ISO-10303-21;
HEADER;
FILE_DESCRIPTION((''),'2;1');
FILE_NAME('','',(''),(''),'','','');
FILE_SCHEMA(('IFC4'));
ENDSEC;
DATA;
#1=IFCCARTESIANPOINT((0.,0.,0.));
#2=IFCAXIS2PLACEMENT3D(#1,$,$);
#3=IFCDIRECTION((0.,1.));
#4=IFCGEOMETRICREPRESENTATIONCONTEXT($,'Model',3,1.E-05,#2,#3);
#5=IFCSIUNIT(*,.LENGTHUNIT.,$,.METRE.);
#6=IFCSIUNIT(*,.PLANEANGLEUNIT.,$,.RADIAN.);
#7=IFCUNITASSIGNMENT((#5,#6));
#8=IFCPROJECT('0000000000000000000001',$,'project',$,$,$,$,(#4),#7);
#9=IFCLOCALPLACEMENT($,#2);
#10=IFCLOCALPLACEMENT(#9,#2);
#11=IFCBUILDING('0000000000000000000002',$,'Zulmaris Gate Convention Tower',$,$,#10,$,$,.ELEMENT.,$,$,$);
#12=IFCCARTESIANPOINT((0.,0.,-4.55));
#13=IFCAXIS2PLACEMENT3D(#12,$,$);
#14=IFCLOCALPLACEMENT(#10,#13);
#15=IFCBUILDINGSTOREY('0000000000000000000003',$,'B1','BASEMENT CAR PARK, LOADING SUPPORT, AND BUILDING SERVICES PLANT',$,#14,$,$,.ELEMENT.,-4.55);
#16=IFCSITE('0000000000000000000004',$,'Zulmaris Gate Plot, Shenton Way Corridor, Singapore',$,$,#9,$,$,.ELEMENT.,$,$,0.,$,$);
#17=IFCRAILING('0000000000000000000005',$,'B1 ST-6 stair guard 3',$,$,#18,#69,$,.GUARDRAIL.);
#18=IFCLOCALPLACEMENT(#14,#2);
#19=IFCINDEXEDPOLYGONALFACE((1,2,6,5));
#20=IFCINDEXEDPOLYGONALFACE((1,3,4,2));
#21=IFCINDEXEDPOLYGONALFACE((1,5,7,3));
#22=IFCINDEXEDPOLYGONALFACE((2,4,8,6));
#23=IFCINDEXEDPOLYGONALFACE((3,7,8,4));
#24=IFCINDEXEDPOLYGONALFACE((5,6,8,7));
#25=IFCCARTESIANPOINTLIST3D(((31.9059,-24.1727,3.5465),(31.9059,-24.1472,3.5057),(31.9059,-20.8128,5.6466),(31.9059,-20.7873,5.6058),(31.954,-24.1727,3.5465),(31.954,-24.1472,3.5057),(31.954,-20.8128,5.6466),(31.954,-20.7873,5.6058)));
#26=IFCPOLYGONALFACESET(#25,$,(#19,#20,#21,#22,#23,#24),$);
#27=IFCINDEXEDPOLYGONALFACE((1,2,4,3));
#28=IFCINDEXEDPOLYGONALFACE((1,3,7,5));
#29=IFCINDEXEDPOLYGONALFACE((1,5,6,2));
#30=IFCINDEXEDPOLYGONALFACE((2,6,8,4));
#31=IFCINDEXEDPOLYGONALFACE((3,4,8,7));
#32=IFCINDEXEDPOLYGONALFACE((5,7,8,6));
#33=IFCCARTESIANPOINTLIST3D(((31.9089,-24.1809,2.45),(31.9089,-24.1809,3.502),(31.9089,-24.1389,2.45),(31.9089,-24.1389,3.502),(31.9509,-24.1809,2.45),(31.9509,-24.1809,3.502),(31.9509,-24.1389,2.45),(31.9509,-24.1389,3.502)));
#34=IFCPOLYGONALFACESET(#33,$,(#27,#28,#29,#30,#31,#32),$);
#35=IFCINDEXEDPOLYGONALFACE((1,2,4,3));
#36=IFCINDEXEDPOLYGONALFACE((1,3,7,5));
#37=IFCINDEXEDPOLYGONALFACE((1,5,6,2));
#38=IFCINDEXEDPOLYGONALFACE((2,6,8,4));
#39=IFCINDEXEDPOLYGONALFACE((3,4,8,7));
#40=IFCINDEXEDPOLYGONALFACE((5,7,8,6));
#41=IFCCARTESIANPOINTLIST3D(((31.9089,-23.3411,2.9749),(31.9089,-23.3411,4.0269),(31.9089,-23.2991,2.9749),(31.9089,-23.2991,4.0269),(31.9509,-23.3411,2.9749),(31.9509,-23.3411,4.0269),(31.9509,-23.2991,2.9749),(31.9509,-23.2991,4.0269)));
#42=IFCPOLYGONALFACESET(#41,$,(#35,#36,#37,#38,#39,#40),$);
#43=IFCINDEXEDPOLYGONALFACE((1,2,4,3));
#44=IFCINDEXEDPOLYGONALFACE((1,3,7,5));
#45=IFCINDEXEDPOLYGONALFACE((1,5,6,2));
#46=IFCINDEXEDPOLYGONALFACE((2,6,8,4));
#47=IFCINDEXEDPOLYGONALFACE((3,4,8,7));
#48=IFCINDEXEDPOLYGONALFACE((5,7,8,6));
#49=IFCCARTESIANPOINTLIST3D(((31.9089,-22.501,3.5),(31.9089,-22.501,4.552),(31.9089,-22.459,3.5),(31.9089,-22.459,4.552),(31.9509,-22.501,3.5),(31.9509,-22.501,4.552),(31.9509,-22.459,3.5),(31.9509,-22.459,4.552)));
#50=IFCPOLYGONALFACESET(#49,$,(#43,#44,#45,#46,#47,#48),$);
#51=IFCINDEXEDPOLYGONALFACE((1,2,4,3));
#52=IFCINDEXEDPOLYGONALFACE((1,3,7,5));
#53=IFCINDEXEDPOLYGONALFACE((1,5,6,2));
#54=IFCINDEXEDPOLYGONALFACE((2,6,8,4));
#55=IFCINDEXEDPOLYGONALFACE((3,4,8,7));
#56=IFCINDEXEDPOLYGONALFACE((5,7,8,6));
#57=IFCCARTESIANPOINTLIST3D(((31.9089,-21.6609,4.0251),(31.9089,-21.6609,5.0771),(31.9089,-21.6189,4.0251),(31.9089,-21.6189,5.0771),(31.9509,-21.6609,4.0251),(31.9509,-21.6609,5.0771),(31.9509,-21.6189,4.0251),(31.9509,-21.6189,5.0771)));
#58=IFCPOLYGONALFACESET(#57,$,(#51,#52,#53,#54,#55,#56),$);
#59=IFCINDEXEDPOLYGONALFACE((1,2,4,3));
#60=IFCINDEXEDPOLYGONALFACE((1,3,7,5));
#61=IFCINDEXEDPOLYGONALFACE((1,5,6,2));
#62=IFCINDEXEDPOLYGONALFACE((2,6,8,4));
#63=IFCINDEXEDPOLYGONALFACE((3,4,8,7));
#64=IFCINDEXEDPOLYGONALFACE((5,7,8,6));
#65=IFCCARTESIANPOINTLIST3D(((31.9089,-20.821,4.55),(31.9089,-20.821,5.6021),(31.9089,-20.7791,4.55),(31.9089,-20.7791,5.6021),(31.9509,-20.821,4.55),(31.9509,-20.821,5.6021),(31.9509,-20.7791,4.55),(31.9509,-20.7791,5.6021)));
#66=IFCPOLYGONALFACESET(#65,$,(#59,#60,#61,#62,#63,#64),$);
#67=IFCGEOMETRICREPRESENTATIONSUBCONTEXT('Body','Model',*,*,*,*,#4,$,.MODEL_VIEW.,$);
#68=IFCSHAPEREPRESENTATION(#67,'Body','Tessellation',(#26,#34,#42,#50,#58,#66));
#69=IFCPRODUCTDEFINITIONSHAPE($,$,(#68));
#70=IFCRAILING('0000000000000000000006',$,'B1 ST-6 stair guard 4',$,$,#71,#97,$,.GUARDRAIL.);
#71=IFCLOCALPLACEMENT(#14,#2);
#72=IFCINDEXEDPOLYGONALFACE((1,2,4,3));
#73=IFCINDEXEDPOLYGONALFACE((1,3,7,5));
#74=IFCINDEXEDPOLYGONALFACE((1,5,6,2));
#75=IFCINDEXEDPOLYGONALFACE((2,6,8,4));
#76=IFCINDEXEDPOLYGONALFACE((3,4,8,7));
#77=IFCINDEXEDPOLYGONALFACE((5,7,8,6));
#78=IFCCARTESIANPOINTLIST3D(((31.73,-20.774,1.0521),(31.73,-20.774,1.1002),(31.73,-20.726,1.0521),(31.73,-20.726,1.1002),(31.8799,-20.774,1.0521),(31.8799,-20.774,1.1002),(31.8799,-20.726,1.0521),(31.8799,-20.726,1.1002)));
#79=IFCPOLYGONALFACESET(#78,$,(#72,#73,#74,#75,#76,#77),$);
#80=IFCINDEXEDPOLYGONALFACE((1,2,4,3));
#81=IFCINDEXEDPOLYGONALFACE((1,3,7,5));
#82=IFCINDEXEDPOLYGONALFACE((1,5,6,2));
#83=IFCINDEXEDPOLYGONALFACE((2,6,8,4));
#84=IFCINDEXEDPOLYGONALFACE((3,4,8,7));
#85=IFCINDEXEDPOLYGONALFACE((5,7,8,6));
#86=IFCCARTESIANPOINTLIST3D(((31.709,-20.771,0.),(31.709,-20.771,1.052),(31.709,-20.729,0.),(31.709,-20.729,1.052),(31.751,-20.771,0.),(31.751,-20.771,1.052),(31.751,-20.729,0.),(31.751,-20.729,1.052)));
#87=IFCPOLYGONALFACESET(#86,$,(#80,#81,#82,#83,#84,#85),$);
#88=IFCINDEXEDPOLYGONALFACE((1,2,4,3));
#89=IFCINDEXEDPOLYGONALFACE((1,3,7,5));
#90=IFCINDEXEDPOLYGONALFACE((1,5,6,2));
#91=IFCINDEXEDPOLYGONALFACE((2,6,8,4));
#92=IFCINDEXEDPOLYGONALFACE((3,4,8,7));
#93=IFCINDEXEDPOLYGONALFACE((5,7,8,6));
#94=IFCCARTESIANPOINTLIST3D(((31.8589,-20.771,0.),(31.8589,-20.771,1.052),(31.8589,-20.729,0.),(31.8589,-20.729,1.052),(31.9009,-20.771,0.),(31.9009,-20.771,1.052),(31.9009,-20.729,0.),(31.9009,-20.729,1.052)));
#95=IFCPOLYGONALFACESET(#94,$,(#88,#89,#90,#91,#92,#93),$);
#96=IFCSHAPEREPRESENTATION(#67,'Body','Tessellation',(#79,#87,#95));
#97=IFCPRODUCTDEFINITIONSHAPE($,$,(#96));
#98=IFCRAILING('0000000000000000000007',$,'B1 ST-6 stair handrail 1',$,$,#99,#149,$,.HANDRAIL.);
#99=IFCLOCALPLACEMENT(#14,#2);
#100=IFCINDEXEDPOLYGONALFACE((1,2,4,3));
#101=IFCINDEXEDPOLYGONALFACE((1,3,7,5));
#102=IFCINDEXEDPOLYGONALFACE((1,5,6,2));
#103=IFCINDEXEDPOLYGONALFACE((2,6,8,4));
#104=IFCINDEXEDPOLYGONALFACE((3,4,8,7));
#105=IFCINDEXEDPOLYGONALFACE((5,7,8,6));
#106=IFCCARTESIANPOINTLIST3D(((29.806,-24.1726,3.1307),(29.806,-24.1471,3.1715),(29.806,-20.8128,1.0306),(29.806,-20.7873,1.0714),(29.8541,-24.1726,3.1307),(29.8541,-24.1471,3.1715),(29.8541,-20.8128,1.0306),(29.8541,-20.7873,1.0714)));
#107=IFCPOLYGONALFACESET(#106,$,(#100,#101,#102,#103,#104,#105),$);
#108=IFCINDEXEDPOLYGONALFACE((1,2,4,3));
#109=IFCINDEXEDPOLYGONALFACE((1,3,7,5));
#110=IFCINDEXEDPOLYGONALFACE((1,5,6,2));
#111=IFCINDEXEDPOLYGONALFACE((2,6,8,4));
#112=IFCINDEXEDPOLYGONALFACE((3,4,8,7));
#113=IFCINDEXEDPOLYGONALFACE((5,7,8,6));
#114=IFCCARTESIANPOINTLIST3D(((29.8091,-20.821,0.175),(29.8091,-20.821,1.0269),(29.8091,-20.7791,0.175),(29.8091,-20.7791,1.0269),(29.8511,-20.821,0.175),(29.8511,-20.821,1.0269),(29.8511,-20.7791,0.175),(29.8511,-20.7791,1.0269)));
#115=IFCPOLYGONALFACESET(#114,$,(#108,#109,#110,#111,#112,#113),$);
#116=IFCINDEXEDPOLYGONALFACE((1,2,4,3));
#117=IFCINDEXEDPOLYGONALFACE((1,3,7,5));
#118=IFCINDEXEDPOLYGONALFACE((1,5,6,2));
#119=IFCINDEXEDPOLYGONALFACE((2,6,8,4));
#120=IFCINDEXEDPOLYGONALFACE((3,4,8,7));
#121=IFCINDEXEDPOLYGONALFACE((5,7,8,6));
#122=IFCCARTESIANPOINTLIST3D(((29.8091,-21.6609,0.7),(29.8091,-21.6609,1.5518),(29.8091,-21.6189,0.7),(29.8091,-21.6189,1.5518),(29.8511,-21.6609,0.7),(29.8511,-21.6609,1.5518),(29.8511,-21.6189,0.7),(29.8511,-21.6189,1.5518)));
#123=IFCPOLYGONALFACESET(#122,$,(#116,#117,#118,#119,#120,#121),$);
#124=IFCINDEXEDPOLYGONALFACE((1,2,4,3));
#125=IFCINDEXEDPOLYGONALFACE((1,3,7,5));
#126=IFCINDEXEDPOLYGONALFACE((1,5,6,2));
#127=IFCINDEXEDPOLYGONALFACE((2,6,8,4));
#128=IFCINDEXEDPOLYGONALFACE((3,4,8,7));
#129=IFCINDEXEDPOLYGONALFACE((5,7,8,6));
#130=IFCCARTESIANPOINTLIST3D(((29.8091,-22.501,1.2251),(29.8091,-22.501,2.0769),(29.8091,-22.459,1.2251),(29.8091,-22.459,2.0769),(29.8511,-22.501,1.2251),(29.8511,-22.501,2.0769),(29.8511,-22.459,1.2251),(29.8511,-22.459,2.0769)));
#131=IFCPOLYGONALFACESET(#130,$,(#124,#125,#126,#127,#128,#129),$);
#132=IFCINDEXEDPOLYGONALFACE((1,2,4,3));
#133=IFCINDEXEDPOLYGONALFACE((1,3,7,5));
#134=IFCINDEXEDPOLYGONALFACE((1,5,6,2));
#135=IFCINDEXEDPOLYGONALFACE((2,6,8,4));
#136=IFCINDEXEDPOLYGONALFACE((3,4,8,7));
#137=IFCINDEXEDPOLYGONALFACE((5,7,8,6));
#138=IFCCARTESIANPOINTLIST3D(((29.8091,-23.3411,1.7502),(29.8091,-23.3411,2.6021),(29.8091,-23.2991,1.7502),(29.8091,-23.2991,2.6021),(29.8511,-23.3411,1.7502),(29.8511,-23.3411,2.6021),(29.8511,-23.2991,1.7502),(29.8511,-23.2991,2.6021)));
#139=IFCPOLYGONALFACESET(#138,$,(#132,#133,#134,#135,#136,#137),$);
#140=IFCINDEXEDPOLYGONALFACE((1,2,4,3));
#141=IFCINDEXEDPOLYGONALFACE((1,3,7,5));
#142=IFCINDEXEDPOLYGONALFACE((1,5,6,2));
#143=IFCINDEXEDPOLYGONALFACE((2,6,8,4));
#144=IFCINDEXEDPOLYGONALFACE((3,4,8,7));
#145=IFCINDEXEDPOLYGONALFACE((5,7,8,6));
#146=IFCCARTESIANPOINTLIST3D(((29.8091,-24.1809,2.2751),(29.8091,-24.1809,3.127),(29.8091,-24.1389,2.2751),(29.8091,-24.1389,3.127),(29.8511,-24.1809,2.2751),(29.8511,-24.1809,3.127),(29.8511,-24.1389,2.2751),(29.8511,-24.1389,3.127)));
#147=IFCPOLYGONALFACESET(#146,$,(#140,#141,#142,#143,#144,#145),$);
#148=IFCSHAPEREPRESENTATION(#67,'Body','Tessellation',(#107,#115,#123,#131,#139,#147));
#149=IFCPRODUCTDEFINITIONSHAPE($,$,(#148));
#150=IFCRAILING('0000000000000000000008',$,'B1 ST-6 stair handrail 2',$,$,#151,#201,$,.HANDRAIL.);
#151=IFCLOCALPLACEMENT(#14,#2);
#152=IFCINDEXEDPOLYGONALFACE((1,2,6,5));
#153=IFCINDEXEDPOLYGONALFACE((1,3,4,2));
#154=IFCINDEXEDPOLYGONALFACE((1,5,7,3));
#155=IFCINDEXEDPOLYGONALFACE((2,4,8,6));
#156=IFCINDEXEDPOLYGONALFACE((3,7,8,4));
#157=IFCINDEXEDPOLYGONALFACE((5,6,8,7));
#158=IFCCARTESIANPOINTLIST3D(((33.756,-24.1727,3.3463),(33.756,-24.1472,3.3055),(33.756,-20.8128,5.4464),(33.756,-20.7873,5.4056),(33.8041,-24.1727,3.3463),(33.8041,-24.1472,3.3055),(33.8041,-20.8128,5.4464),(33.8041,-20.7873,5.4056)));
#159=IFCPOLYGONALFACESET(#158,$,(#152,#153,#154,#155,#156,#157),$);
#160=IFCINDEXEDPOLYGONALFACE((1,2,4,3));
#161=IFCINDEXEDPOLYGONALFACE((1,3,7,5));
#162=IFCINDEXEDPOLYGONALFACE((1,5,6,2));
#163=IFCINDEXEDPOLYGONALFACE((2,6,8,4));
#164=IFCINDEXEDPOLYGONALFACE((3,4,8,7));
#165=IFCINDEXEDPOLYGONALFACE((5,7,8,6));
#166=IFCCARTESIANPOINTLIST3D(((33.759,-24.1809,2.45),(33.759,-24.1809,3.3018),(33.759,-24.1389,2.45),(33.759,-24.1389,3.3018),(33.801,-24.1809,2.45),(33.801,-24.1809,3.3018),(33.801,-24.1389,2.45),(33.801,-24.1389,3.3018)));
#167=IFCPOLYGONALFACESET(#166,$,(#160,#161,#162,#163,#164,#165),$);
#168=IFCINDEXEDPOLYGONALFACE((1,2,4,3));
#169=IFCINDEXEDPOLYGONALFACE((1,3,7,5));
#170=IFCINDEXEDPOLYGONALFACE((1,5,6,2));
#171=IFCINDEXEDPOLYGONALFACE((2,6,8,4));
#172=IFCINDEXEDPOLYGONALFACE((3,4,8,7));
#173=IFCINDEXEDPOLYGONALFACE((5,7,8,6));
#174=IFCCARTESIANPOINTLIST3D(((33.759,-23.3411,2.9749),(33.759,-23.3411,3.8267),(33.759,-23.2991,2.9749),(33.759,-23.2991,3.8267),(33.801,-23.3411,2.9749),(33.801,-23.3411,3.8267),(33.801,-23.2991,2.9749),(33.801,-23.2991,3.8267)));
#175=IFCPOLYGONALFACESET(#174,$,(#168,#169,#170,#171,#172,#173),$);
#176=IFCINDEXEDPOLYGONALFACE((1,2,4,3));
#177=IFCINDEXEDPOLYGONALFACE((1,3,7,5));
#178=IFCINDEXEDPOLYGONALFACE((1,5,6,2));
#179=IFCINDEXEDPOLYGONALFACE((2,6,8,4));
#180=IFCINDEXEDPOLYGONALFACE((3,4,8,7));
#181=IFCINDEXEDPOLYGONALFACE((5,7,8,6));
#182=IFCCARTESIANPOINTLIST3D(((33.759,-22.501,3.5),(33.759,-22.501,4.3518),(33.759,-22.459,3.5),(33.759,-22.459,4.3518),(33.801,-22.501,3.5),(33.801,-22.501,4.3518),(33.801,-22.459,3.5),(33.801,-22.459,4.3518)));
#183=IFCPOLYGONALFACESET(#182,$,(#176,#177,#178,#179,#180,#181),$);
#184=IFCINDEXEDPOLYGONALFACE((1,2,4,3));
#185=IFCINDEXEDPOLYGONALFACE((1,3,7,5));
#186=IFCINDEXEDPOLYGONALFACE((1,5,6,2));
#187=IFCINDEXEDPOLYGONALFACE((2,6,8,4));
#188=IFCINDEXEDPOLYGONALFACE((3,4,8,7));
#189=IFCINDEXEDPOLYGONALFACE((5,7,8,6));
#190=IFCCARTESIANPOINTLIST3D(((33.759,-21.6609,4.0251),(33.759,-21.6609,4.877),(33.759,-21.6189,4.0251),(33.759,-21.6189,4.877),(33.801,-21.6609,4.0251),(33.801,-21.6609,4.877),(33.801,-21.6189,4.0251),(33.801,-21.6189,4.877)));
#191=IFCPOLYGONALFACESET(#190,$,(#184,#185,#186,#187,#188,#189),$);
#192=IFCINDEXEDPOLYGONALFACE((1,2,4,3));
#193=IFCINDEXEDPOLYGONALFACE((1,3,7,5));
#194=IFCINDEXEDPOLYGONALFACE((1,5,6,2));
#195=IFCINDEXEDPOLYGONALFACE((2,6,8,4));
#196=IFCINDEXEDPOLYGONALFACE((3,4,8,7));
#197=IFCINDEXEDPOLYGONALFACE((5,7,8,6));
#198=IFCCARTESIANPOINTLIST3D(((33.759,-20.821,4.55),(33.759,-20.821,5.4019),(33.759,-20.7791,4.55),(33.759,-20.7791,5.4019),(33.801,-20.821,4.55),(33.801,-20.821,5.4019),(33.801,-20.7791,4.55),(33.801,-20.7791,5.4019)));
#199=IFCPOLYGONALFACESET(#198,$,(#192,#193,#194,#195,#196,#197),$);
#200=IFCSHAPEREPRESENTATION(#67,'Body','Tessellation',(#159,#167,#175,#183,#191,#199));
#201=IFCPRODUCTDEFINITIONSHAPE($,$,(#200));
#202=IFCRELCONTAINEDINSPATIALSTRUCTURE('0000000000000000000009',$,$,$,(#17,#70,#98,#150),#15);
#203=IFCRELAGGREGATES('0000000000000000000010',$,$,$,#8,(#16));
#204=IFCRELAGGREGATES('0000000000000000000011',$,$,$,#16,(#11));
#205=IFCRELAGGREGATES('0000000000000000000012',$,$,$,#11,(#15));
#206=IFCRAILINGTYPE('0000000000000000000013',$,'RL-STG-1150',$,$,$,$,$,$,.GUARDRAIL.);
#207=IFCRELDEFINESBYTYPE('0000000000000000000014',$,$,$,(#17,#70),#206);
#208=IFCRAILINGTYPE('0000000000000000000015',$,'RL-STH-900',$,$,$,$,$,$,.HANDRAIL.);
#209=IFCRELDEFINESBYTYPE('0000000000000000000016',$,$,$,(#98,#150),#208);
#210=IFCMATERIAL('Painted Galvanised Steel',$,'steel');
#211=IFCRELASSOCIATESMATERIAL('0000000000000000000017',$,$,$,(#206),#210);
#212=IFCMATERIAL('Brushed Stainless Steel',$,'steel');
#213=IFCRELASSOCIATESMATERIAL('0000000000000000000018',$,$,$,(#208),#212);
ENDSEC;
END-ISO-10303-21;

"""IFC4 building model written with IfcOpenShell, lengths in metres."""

from ifc_helpers import new_model, si_unit, direction, frame, origin, origin_2d, place, context, subcontext, project, spatial, rectangle, extrude, material, type_object, element, save


model = new_model("IFC4")

# Units and contexts
model_context = context("Model", 3, precision=1e-05, world=origin(), true_north=direction((0.0, 1.0)))
body_context = subcontext(model_context, "Body", "Model", "MODEL_VIEW")
ifc_project = project(units=[si_unit("LENGTHUNIT", "METRE"), si_unit("PLANEANGLEUNIT", "RADIAN")], contexts=[model_context])

# Site, building, storey
site_placement = place(None, origin())
site = spatial("IfcSite", under=ifc_project, at=site_placement, Name="Zulmaris Gate Plot, Shenton Way Corridor, Singapore", CompositionType="ELEMENT", RefElevation=0.0)
building_placement = place(site_placement, origin())
building = spatial("IfcBuilding", under=site, at=building_placement, Name="Zulmaris Gate Convention Tower", CompositionType="ELEMENT")
storey_placement = place(building_placement, frame((0.0, 0.0, -4.55)))
storey = spatial("IfcBuildingStorey", under=building, at=storey_placement, Name="B1", Description="BASEMENT CAR PARK, LOADING SUPPORT, AND BUILDING SERVICES PLANT", CompositionType="ELEMENT", Elevation=-4.55)

# Railings
ifc_material_1 = material(Name="Painted Galvanised Steel", Category="steel")
railing_type_1 = type_object("IfcRailingType", Name="RL-STG-1150", PredefinedType="GUARDRAIL", material=ifc_material_1)
railing_1_placement = place(storey_placement, frame((31.9299, -24.1599, 2.45)))
element("IfcRailing", 1, at=railing_1_placement, inside=storey, type_object=railing_type_1, Name="B1 ST-6 stair guard 3", PredefinedType="GUARDRAIL", context=body_context, shape_type="SweptSolid", body=[
    extrude(rectangle(XDim=0.0481, YDim=0.0481, at=origin_2d()), frame((0.0, 0.0, 1.0762), z_axis=(0.0, 0.847978, 0.530032), x_axis=(-1.0, 0.0, 0.0)), (0.0, 0.0, 1.0), 3.9622),
    extrude(rectangle(XDim=0.042, YDim=0.042, at=origin_2d()), origin(), (0.0, 0.0, 1.0), 1.052),
    extrude(rectangle(XDim=0.042, YDim=0.042, at=origin_2d()), frame((0.0, 0.8398, 0.5249)), (0.0, 0.0, 1.0), 1.052),
    extrude(rectangle(XDim=0.042, YDim=0.042, at=origin_2d()), frame((0.0, 1.6799, 1.05)), (0.0, 0.0, 1.0), 1.052),
    extrude(rectangle(XDim=0.042, YDim=0.042, at=origin_2d()), frame((0.0, 2.52, 1.5752)), (0.0, 0.0, 1.0), 1.052),
    extrude(rectangle(XDim=0.042, YDim=0.042, at=origin_2d()), frame((0.0, 3.3599, 2.1001)), (0.0, 0.0, 1.0), 1.052),
])
railing_2_placement = place(storey_placement, frame((31.73, -20.75, 0.0)))
element("IfcRailing", 2, at=railing_2_placement, inside=storey, type_object=railing_type_1, Name="B1 ST-6 stair guard 4", PredefinedType="GUARDRAIL", context=body_context, shape_type="SweptSolid", body=[
    extrude(rectangle(XDim=0.0481, YDim=0.0481, at=origin_2d()), frame((0.0, 0.0, 1.0762), z_axis=(1.0, 0.0, 0.0), x_axis=(0.0, 1.0, 0.0)), (0.0, 0.0, 1.0), 0.1499),
    extrude(rectangle(XDim=0.042, YDim=0.042, at=origin_2d()), origin(), (0.0, 0.0, 1.0), 1.052),
    extrude(rectangle(XDim=0.042, YDim=0.042, at=origin_2d()), frame((0.1499, 0.0, 0.0)), (0.0, 0.0, 1.0), 1.052),
])
ifc_material_2 = material(Name="Brushed Stainless Steel", Category="steel")
railing_type_2 = type_object("IfcRailingType", Name="RL-STH-900", PredefinedType="HANDRAIL", material=ifc_material_2)
railing_3_placement = place(storey_placement, frame((29.8301, -20.8, 0.175)))
element("IfcRailing", 3, at=railing_3_placement, inside=storey, type_object=railing_type_2, Name="B1 ST-6 stair handrail 1", PredefinedType="HANDRAIL", context=body_context, shape_type="SweptSolid", body=[
    extrude(rectangle(XDim=0.0481, YDim=0.0481, at=origin_2d()), frame((0.0, 0.0, 0.876), z_axis=(0.0, -0.847978, 0.530032), x_axis=(1.0, 0.0, 0.0)), (0.0, 0.0, 1.0), 3.9622),
    extrude(rectangle(XDim=0.042, YDim=0.042, at=origin_2d()), origin(), (0.0, 0.0, 1.0), 0.8518),
    extrude(rectangle(XDim=0.042, YDim=0.042, at=origin_2d()), frame((0.0, -0.8398, 0.5249)), (0.0, 0.0, 1.0), 0.8518),
    extrude(rectangle(XDim=0.042, YDim=0.042, at=origin_2d()), frame((0.0, -1.6799, 1.05)), (0.0, 0.0, 1.0), 0.8518),
    extrude(rectangle(XDim=0.042, YDim=0.042, at=origin_2d()), frame((0.0, -2.52, 1.5752)), (0.0, 0.0, 1.0), 0.8518),
    extrude(rectangle(XDim=0.042, YDim=0.042, at=origin_2d()), frame((0.0, -3.3599, 2.1001)), (0.0, 0.0, 1.0), 0.8518),
])
railing_4_placement = place(storey_placement, frame((33.78, -24.1599, 2.45)))
element("IfcRailing", 4, at=railing_4_placement, inside=storey, type_object=railing_type_2, Name="B1 ST-6 stair handrail 2", PredefinedType="HANDRAIL", context=body_context, shape_type="SweptSolid", body=[
    extrude(rectangle(XDim=0.0481, YDim=0.0481, at=origin_2d()), frame((0.0, 0.0, 0.876), z_axis=(0.0, 0.847978, 0.530032), x_axis=(-1.0, 0.0, 0.0)), (0.0, 0.0, 1.0), 3.9622),
    extrude(rectangle(XDim=0.042, YDim=0.042, at=origin_2d()), origin(), (0.0, 0.0, 1.0), 0.8518),
    extrude(rectangle(XDim=0.042, YDim=0.042, at=origin_2d()), frame((0.0, 0.8398, 0.5249)), (0.0, 0.0, 1.0), 0.8518),
    extrude(rectangle(XDim=0.042, YDim=0.042, at=origin_2d()), frame((0.0, 1.6799, 1.05)), (0.0, 0.0, 1.0), 0.8518),
    extrude(rectangle(XDim=0.042, YDim=0.042, at=origin_2d()), frame((0.0, 2.52, 1.5752)), (0.0, 0.0, 1.0), 0.8518),
    extrude(rectangle(XDim=0.042, YDim=0.042, at=origin_2d()), frame((0.0, 3.3599, 2.1001)), (0.0, 0.0, 1.0), 0.8518),
])

save(model, "model.ifc")
